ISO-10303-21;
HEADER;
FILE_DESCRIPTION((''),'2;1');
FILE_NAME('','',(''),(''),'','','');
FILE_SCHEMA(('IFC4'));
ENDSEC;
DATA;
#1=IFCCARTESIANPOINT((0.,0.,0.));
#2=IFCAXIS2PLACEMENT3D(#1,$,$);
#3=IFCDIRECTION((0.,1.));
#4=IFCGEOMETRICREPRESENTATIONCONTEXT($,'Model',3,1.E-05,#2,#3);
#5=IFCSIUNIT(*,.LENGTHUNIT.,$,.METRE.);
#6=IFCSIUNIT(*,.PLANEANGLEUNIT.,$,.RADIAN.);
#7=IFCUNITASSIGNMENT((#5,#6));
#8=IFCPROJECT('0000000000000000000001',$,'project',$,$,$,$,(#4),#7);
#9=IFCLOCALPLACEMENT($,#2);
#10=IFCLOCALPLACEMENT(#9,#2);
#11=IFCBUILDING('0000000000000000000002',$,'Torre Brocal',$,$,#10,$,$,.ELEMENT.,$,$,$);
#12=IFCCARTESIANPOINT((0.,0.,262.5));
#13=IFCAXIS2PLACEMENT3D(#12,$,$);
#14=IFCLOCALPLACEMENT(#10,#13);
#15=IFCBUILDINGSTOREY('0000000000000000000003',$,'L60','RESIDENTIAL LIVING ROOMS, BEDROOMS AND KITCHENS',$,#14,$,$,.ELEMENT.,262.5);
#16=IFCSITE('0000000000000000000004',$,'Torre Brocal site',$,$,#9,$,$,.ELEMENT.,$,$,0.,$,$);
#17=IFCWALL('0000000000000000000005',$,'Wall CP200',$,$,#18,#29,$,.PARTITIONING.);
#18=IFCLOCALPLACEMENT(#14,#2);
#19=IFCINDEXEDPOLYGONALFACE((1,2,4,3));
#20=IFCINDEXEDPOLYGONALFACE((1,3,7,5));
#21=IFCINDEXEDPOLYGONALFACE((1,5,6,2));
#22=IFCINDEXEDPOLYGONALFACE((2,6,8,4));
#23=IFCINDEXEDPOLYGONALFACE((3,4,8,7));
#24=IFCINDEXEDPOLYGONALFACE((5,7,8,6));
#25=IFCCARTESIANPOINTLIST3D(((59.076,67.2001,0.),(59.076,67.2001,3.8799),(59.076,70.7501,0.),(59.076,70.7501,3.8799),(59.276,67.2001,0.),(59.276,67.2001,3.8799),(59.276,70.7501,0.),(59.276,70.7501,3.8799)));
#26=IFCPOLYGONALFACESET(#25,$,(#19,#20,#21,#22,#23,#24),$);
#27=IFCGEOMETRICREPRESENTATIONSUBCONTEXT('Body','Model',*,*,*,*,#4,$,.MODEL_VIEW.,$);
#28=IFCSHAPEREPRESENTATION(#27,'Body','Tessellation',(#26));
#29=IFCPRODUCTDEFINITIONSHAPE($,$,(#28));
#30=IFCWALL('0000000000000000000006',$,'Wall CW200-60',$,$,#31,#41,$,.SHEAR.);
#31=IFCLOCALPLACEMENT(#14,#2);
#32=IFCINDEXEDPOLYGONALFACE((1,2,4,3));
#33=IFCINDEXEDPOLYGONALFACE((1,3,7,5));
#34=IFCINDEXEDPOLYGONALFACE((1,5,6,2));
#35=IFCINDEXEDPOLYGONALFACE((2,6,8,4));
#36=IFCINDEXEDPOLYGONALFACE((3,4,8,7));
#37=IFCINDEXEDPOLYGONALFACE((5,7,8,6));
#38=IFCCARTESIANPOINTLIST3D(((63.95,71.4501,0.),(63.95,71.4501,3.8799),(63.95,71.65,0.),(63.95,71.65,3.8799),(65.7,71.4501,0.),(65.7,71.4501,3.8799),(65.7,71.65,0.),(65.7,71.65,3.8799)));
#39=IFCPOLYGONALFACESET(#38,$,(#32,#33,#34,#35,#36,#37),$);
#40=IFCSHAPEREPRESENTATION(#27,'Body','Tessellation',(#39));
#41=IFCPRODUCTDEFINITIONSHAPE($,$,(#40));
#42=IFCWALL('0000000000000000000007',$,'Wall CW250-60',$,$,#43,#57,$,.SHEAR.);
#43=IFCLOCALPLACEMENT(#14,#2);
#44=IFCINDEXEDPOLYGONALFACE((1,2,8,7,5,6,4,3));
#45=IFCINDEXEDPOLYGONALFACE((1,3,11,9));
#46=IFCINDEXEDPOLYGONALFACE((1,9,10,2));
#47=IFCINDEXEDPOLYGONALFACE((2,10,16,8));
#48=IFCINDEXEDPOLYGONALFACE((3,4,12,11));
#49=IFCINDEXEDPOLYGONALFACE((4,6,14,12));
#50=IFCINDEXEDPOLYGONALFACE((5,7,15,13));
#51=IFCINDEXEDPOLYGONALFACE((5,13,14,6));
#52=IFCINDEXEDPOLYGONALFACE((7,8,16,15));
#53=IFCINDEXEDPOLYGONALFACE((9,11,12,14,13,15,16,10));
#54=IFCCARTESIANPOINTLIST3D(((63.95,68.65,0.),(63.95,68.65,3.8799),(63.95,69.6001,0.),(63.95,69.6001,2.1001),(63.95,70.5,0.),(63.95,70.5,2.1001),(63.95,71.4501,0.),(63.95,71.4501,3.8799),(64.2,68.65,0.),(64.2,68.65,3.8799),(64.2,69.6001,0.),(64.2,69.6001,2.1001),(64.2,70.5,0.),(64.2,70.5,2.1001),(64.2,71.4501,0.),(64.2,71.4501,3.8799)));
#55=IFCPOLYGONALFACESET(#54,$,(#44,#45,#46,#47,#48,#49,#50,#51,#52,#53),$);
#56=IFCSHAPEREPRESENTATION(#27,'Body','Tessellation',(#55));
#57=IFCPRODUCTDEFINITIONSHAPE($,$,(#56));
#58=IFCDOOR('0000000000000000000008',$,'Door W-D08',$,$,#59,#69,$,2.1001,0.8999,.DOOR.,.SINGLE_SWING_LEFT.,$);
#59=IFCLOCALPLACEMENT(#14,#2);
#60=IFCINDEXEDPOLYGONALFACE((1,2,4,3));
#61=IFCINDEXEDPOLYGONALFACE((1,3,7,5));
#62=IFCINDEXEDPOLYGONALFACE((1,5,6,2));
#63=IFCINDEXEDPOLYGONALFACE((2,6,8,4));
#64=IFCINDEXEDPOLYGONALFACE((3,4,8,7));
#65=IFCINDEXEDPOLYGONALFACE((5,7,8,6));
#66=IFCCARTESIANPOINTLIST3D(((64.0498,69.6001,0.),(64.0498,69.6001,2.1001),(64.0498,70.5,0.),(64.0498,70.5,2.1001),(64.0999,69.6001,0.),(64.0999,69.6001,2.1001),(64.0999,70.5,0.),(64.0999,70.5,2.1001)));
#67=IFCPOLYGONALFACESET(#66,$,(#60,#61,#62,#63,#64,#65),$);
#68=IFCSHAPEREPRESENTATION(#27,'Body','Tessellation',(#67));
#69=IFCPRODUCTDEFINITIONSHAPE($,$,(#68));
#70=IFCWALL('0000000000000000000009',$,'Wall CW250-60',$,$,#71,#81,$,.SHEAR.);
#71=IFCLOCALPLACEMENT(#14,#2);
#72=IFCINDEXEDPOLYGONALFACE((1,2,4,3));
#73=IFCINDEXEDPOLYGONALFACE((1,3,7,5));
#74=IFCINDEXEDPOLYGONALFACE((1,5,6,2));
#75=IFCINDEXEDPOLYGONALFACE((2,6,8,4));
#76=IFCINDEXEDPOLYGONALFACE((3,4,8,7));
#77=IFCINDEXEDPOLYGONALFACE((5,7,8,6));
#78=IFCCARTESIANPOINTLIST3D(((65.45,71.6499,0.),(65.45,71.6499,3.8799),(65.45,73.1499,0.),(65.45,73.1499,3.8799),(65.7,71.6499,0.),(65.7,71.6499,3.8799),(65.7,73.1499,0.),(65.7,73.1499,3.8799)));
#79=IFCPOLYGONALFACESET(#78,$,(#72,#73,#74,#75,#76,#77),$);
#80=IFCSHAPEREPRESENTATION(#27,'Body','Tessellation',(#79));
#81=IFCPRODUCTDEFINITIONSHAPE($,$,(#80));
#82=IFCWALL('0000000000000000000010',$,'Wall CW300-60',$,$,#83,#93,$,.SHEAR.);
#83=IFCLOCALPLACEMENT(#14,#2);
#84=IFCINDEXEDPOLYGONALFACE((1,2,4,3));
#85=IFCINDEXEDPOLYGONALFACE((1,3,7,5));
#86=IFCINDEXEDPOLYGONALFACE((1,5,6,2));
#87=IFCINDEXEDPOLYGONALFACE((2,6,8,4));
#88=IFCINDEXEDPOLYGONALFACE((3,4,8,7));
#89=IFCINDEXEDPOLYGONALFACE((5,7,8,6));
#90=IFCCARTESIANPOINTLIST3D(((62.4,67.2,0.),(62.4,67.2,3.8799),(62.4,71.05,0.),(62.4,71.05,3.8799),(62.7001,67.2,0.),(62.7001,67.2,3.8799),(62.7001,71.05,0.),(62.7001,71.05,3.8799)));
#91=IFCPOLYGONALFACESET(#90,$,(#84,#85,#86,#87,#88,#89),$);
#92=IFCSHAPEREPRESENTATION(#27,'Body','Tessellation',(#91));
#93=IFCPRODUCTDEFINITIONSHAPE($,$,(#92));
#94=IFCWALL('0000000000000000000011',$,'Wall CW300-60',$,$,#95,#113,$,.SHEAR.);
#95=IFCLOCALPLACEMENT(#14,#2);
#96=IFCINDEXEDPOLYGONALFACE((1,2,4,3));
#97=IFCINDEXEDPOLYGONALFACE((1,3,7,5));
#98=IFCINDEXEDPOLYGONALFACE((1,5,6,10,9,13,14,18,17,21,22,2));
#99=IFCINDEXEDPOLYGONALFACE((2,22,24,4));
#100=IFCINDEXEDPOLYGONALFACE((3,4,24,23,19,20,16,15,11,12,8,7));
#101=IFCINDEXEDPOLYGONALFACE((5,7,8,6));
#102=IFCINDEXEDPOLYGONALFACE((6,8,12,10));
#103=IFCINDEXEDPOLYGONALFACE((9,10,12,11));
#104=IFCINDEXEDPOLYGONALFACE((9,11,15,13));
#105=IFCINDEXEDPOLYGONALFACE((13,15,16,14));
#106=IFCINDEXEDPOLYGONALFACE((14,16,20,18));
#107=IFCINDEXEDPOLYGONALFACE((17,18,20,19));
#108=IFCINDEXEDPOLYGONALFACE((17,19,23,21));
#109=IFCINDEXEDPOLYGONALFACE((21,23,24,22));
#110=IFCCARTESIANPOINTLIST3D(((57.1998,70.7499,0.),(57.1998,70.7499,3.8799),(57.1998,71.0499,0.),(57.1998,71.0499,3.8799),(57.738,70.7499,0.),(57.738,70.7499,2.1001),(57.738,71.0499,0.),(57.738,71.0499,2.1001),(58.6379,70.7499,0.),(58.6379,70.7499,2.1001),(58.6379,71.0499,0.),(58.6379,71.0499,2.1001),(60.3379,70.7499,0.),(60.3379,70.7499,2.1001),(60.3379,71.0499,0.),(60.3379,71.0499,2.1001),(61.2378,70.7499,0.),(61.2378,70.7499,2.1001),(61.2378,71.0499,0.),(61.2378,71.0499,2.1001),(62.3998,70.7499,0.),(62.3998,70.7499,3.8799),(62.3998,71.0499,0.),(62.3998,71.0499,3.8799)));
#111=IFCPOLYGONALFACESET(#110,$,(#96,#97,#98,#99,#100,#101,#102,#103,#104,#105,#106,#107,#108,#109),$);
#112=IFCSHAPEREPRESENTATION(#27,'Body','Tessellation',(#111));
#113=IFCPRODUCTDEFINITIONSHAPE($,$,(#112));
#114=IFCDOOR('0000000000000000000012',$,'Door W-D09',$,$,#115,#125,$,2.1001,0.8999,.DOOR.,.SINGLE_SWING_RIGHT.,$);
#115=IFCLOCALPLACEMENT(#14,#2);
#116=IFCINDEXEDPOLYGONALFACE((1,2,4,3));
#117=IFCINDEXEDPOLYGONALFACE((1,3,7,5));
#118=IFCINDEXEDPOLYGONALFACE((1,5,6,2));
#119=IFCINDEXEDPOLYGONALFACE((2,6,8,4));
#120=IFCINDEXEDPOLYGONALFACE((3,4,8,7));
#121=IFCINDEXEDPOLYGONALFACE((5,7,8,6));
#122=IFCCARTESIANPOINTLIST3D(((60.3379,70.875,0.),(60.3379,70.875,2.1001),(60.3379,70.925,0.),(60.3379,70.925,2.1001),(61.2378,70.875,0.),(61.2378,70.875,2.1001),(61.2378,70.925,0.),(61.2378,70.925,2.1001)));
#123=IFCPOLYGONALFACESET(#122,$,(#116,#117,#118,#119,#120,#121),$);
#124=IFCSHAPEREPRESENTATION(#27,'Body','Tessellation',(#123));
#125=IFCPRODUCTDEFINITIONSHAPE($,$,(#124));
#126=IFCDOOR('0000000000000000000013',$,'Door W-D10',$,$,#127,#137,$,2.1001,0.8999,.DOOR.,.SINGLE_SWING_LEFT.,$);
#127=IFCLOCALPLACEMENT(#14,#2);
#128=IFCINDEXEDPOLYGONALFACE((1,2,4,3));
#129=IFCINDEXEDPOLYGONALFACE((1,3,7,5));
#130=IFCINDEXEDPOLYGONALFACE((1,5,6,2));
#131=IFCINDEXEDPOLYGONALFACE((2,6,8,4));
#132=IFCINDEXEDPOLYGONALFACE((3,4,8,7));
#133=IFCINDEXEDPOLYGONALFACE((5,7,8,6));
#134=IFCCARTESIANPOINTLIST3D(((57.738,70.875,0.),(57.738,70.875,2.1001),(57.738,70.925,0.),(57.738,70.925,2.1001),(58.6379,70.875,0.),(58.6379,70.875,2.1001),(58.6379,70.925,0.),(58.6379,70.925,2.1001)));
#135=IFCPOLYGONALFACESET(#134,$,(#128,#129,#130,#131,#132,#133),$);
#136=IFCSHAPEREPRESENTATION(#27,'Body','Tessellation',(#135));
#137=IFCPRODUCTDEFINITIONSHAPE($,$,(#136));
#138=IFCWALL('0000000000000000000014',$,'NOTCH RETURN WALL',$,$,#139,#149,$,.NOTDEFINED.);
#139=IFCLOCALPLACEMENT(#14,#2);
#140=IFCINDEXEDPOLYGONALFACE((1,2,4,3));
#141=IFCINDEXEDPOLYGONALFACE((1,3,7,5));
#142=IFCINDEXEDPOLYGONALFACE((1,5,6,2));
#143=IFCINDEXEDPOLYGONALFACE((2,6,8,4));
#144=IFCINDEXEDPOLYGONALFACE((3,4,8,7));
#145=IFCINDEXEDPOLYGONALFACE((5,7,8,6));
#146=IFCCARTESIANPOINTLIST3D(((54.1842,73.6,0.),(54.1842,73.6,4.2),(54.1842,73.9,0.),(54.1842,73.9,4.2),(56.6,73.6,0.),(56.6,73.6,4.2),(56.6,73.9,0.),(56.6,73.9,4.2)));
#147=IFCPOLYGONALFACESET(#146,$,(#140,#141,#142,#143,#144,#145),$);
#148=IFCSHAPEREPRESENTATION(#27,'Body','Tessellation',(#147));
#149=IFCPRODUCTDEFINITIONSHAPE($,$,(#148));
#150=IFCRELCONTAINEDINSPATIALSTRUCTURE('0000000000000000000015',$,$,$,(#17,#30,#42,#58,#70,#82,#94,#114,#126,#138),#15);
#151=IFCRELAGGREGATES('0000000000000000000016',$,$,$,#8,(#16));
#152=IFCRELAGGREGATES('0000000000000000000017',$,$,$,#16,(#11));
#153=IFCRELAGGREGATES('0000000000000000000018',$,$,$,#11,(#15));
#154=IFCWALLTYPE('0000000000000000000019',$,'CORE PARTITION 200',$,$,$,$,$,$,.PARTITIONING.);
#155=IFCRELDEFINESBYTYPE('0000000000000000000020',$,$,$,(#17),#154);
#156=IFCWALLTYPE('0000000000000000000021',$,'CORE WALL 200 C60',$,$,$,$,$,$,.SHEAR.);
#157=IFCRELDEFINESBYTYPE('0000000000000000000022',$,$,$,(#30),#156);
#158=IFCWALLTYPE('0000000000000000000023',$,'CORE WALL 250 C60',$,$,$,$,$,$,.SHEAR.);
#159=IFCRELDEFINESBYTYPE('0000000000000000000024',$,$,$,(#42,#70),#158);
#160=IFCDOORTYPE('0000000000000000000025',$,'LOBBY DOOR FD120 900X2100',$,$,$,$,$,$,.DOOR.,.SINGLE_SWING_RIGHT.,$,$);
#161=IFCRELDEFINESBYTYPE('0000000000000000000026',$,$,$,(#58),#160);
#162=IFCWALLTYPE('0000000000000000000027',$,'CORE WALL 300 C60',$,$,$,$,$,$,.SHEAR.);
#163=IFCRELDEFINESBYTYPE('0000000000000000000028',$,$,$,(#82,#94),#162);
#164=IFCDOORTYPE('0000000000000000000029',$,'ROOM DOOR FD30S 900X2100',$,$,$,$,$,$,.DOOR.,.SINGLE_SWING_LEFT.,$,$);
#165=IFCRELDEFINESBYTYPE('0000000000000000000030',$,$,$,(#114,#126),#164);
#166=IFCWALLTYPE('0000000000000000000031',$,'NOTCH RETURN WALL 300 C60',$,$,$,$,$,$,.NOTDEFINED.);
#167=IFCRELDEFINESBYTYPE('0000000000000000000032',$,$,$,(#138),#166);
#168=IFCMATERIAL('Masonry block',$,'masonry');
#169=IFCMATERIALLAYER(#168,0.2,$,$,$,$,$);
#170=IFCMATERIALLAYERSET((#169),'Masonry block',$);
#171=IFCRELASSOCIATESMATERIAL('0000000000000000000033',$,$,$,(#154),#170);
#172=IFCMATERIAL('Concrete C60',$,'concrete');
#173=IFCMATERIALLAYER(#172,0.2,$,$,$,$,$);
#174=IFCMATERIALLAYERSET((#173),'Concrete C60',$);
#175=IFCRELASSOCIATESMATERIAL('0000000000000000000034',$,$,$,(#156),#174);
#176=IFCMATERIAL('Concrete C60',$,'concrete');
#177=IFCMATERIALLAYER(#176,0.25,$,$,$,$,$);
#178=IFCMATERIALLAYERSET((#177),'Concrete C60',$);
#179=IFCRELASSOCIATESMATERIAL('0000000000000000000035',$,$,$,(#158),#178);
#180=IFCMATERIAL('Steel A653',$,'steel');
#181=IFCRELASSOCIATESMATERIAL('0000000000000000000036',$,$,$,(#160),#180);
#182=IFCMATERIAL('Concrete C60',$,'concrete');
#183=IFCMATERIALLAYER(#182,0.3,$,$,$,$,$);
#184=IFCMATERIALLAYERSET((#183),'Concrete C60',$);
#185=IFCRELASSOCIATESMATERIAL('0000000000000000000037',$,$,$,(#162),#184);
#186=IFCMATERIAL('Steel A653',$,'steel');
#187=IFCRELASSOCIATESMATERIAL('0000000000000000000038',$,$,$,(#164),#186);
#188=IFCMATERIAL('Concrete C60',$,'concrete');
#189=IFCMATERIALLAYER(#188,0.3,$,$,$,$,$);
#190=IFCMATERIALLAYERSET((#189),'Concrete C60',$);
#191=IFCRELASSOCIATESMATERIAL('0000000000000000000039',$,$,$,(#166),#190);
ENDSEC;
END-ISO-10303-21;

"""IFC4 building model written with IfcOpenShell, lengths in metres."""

from ifc_helpers import new_model, si_unit, direction, frame, frame_2d, origin, place, context, subcontext, project, spatial, rectangle, extrude, material, layer, layer_set, type_object, element, fill, save


model = new_model("IFC4")

# Units and contexts
model_context = context("Model", 3, precision=1e-05, world=origin(), true_north=direction((0.0, 1.0)))
body_context = subcontext(model_context, "Body", "Model", "MODEL_VIEW")
ifc_project = project(units=[si_unit("LENGTHUNIT", "METRE"), si_unit("PLANEANGLEUNIT", "RADIAN")], contexts=[model_context])

# Site, building, storey
site_placement = place(None, origin())
site = spatial("IfcSite", under=ifc_project, at=site_placement, Name="Torre Brocal site", CompositionType="ELEMENT", RefElevation=0.0)
building_placement = place(site_placement, origin())
building = spatial("IfcBuilding", under=site, at=building_placement, Name="Torre Brocal", CompositionType="ELEMENT")
storey_placement = place(building_placement, frame((0.0, 0.0, 262.5)))
storey = spatial("IfcBuildingStorey", under=building, at=storey_placement, Name="L60", Description="RESIDENTIAL LIVING ROOMS, BEDROOMS AND KITCHENS", CompositionType="ELEMENT", Elevation=262.5)

# Walls
ifc_material_1 = material(Name="Masonry block", Category="masonry")
ifc_layer_1 = layer(ifc_material_1, 0.2)
ifc_layer_set_1 = layer_set([ifc_layer_1], Name="Masonry block")
wall_type_1 = type_object("IfcWallType", Name="CORE PARTITION 200", PredefinedType="PARTITIONING", material=ifc_layer_set_1)
wall_1_placement = place(storey_placement, frame((59.176, 70.75, 0.0), z_axis=(0.0, 0.0, 1.0), x_axis=(0.0, -1.0, 0.0)))
element("IfcWall", 1, at=wall_1_placement, inside=storey, type_object=wall_type_1, Name="Wall CP200", PredefinedType="PARTITIONING", context=body_context, shape_type="SweptSolid", body=[
    extrude(rectangle(XDim=3.55, YDim=0.2, at=frame_2d((1.7749, 0.0))), origin(), (0.0, 0.0, 1.0), 3.8799),
])
ifc_material_2 = material(Name="Concrete C60", Category="concrete")
ifc_layer_2 = layer(ifc_material_2, 0.2)
ifc_layer_set_2 = layer_set([ifc_layer_2], Name="Concrete C60")
wall_type_2 = type_object("IfcWallType", Name="CORE WALL 200 C60", PredefinedType="SHEAR", material=ifc_layer_set_2)
wall_2_placement = place(storey_placement, frame((65.7, 71.55, 0.0), z_axis=(0.0, 0.0, 1.0), x_axis=(-1.0, 0.0, 0.0)))
element("IfcWall", 2, at=wall_2_placement, inside=storey, type_object=wall_type_2, Name="Wall CW200-60", PredefinedType="SHEAR", context=body_context, shape_type="SweptSolid", body=[
    extrude(rectangle(XDim=1.75, YDim=0.2, at=frame_2d((0.875, 0.0))), origin(), (0.0, 0.0, 1.0), 3.8799),
])

# Wall, opening, door
ifc_material_3 = material(Name="Concrete C60", Category="concrete")
ifc_layer_3 = layer(ifc_material_3, 0.25)
ifc_layer_set_3 = layer_set([ifc_layer_3], Name="Concrete C60")
wall_type_3 = type_object("IfcWallType", Name="CORE WALL 250 C60", PredefinedType="SHEAR", material=ifc_layer_set_3)
wall_3_placement = place(storey_placement, frame((64.075, 71.45, 0.0), z_axis=(0.0, 0.0, 1.0), x_axis=(0.0, -1.0, 0.0)))
wall_3 = element("IfcWall", 3, at=wall_3_placement, inside=storey, type_object=wall_type_3, Name="Wall CW250-60", PredefinedType="SHEAR", context=body_context, shape_type="SweptSolid", body=[
    extrude(rectangle(XDim=2.8, YDim=0.25, at=frame_2d((1.3999, 0.0))), origin(), (0.0, 0.0, 1.0), 3.8799),
])
opening_1_placement = place(wall_3_placement, frame((0.95, 0.0, 0.0)))
opening_1 = element("IfcOpeningElement", 4, at=opening_1_placement, cuts=wall_3, PredefinedType="OPENING", context=body_context, shape_type="SweptSolid", body=[
    extrude(rectangle(XDim=0.8999, YDim=2.1001, at=frame_2d((0.45, 1.05))), frame((0.0, 0.135, 0.0), z_axis=(0.0, -1.0, 0.0), x_axis=(1.0, 0.0, 0.0)), (0.0, 0.0, 1.0), 0.27),
])
ifc_material_4 = material(Name="Steel A653", Category="steel")
door_type_1 = type_object("IfcDoorType", Name="LOBBY DOOR FD120 900X2100", OperationType="SINGLE_SWING_RIGHT", PredefinedType="DOOR", material=ifc_material_4)
door_1_placement = place(opening_1_placement, origin())
door_1 = element("IfcDoor", 5, at=door_1_placement, inside=storey, type_object=door_type_1, Name="Door W-D08", OperationType="SINGLE_SWING_LEFT", OverallHeight=2.1001, OverallWidth=0.8999, PredefinedType="DOOR", context=body_context, shape_type="SweptSolid", body=[
    extrude(rectangle(XDim=0.8999, YDim=2.1001, at=frame_2d((0.45, 1.05))), frame((0.0, 0.0249, 0.0), z_axis=(0.0, -1.0, 0.0), x_axis=(1.0, 0.0, 0.0)), (0.0, 0.0, 1.0), 0.05),
])
fill(opening_1, door_1)

# Walls
wall_4_placement = place(storey_placement, frame((65.575, 73.1499, 0.0), z_axis=(0.0, 0.0, 1.0), x_axis=(0.0, -1.0, 0.0)))
element("IfcWall", 6, at=wall_4_placement, inside=storey, type_object=wall_type_3, Name="Wall CW250-60", PredefinedType="SHEAR", context=body_context, shape_type="SweptSolid", body=[
    extrude(rectangle(XDim=1.5, YDim=0.25, at=frame_2d((0.75, 0.0))), origin(), (0.0, 0.0, 1.0), 3.8799),
])
ifc_material_5 = material(Name="Concrete C60", Category="concrete")
ifc_layer_4 = layer(ifc_material_5, 0.3)
ifc_layer_set_4 = layer_set([ifc_layer_4], Name="Concrete C60")
wall_type_4 = type_object("IfcWallType", Name="CORE WALL 300 C60", PredefinedType="SHEAR", material=ifc_layer_set_4)
wall_5_placement = place(storey_placement, frame((62.55, 71.05, 0.0), z_axis=(0.0, 0.0, 1.0), x_axis=(0.0, -1.0, 0.0)))
element("IfcWall", 7, at=wall_5_placement, inside=storey, type_object=wall_type_4, Name="Wall CW300-60", PredefinedType="SHEAR", context=body_context, shape_type="SweptSolid", body=[
    extrude(rectangle(XDim=3.8501, YDim=0.3, at=frame_2d((1.925, 0.0))), origin(), (0.0, 0.0, 1.0), 3.8799),
])

# Wall, openings, doors
wall_6_placement = place(storey_placement, frame((62.3999, 70.8999, 0.0), z_axis=(0.0, 0.0, 1.0), x_axis=(-1.0, 0.0, 0.0)))
wall_6 = element("IfcWall", 8, at=wall_6_placement, inside=storey, type_object=wall_type_4, Name="Wall CW300-60", PredefinedType="SHEAR", context=body_context, shape_type="SweptSolid", body=[
    extrude(rectangle(XDim=5.2, YDim=0.3, at=frame_2d((2.6001, 0.0))), origin(), (0.0, 0.0, 1.0), 3.8799),
])
opening_2_placement = place(wall_6_placement, frame((1.1621, 0.0, 0.0)))
opening_2 = element("IfcOpeningElement", 9, at=opening_2_placement, cuts=wall_6, PredefinedType="OPENING", context=body_context, shape_type="SweptSolid", body=[
    extrude(rectangle(XDim=0.8999, YDim=2.1001, at=frame_2d((0.45, 1.05))), frame((0.0, 0.1599, 0.0), z_axis=(0.0, -1.0, 0.0), x_axis=(1.0, 0.0, 0.0)), (0.0, 0.0, 1.0), 0.3201),
])
opening_3_placement = place(wall_6_placement, frame((3.762, 0.0, 0.0)))
opening_3 = element("IfcOpeningElement", 10, at=opening_3_placement, cuts=wall_6, PredefinedType="OPENING", context=body_context, shape_type="SweptSolid", body=[
    extrude(rectangle(XDim=0.8999, YDim=2.1001, at=frame_2d((0.45, 1.05))), frame((0.0, 0.1599, 0.0), z_axis=(0.0, -1.0, 0.0), x_axis=(1.0, 0.0, 0.0)), (0.0, 0.0, 1.0), 0.3201),
])
ifc_material_6 = material(Name="Steel A653", Category="steel")
door_type_2 = type_object("IfcDoorType", Name="ROOM DOOR FD30S 900X2100", OperationType="SINGLE_SWING_LEFT", PredefinedType="DOOR", material=ifc_material_6)
door_2_placement = place(opening_2_placement, origin())
door_2 = element("IfcDoor", 11, at=door_2_placement, inside=storey, type_object=door_type_2, Name="Door W-D09", OperationType="SINGLE_SWING_RIGHT", OverallHeight=2.1001, OverallWidth=0.8999, PredefinedType="DOOR", context=body_context, shape_type="SweptSolid", body=[
    extrude(rectangle(XDim=0.8999, YDim=2.1001, at=frame_2d((0.45, 1.05))), frame((0.0, 0.0249, 0.0), z_axis=(0.0, -1.0, 0.0), x_axis=(1.0, 0.0, 0.0)), (0.0, 0.0, 1.0), 0.05),
])
fill(opening_2, door_2)
door_3_placement = place(opening_3_placement, origin())
door_3 = element("IfcDoor", 12, at=door_3_placement, inside=storey, type_object=door_type_2, Name="Door W-D10", OperationType="SINGLE_SWING_LEFT", OverallHeight=2.1001, OverallWidth=0.8999, PredefinedType="DOOR", context=body_context, shape_type="SweptSolid", body=[
    extrude(rectangle(XDim=0.8999, YDim=2.1001, at=frame_2d((0.45, 1.05))), frame((0.0, 0.0249, 0.0), z_axis=(0.0, -1.0, 0.0), x_axis=(1.0, 0.0, 0.0)), (0.0, 0.0, 1.0), 0.05),
])
fill(opening_3, door_3)

# Wall
ifc_material_7 = material(Name="Concrete C60", Category="concrete")
ifc_layer_5 = layer(ifc_material_7, 0.3)
ifc_layer_set_5 = layer_set([ifc_layer_5], Name="Concrete C60")
wall_type_5 = type_object("IfcWallType", Name="NOTCH RETURN WALL 300 C60", PredefinedType="NOTDEFINED", material=ifc_layer_set_5)
wall_7_placement = place(storey_placement, frame((56.6001, 73.75, 0.0), z_axis=(0.0, 0.0, 1.0), x_axis=(-1.0, 0.0, 0.0)))
element("IfcWall", 13, at=wall_7_placement, inside=storey, type_object=wall_type_5, Name="NOTCH RETURN WALL", PredefinedType="NOTDEFINED", context=body_context, shape_type="SweptSolid", body=[
    extrude(rectangle(XDim=2.4158, YDim=0.3, at=frame_2d((1.208, 0.0))), origin(), (0.0, 0.0, 1.0), 4.2),
])

save(model, "model.ifc")
